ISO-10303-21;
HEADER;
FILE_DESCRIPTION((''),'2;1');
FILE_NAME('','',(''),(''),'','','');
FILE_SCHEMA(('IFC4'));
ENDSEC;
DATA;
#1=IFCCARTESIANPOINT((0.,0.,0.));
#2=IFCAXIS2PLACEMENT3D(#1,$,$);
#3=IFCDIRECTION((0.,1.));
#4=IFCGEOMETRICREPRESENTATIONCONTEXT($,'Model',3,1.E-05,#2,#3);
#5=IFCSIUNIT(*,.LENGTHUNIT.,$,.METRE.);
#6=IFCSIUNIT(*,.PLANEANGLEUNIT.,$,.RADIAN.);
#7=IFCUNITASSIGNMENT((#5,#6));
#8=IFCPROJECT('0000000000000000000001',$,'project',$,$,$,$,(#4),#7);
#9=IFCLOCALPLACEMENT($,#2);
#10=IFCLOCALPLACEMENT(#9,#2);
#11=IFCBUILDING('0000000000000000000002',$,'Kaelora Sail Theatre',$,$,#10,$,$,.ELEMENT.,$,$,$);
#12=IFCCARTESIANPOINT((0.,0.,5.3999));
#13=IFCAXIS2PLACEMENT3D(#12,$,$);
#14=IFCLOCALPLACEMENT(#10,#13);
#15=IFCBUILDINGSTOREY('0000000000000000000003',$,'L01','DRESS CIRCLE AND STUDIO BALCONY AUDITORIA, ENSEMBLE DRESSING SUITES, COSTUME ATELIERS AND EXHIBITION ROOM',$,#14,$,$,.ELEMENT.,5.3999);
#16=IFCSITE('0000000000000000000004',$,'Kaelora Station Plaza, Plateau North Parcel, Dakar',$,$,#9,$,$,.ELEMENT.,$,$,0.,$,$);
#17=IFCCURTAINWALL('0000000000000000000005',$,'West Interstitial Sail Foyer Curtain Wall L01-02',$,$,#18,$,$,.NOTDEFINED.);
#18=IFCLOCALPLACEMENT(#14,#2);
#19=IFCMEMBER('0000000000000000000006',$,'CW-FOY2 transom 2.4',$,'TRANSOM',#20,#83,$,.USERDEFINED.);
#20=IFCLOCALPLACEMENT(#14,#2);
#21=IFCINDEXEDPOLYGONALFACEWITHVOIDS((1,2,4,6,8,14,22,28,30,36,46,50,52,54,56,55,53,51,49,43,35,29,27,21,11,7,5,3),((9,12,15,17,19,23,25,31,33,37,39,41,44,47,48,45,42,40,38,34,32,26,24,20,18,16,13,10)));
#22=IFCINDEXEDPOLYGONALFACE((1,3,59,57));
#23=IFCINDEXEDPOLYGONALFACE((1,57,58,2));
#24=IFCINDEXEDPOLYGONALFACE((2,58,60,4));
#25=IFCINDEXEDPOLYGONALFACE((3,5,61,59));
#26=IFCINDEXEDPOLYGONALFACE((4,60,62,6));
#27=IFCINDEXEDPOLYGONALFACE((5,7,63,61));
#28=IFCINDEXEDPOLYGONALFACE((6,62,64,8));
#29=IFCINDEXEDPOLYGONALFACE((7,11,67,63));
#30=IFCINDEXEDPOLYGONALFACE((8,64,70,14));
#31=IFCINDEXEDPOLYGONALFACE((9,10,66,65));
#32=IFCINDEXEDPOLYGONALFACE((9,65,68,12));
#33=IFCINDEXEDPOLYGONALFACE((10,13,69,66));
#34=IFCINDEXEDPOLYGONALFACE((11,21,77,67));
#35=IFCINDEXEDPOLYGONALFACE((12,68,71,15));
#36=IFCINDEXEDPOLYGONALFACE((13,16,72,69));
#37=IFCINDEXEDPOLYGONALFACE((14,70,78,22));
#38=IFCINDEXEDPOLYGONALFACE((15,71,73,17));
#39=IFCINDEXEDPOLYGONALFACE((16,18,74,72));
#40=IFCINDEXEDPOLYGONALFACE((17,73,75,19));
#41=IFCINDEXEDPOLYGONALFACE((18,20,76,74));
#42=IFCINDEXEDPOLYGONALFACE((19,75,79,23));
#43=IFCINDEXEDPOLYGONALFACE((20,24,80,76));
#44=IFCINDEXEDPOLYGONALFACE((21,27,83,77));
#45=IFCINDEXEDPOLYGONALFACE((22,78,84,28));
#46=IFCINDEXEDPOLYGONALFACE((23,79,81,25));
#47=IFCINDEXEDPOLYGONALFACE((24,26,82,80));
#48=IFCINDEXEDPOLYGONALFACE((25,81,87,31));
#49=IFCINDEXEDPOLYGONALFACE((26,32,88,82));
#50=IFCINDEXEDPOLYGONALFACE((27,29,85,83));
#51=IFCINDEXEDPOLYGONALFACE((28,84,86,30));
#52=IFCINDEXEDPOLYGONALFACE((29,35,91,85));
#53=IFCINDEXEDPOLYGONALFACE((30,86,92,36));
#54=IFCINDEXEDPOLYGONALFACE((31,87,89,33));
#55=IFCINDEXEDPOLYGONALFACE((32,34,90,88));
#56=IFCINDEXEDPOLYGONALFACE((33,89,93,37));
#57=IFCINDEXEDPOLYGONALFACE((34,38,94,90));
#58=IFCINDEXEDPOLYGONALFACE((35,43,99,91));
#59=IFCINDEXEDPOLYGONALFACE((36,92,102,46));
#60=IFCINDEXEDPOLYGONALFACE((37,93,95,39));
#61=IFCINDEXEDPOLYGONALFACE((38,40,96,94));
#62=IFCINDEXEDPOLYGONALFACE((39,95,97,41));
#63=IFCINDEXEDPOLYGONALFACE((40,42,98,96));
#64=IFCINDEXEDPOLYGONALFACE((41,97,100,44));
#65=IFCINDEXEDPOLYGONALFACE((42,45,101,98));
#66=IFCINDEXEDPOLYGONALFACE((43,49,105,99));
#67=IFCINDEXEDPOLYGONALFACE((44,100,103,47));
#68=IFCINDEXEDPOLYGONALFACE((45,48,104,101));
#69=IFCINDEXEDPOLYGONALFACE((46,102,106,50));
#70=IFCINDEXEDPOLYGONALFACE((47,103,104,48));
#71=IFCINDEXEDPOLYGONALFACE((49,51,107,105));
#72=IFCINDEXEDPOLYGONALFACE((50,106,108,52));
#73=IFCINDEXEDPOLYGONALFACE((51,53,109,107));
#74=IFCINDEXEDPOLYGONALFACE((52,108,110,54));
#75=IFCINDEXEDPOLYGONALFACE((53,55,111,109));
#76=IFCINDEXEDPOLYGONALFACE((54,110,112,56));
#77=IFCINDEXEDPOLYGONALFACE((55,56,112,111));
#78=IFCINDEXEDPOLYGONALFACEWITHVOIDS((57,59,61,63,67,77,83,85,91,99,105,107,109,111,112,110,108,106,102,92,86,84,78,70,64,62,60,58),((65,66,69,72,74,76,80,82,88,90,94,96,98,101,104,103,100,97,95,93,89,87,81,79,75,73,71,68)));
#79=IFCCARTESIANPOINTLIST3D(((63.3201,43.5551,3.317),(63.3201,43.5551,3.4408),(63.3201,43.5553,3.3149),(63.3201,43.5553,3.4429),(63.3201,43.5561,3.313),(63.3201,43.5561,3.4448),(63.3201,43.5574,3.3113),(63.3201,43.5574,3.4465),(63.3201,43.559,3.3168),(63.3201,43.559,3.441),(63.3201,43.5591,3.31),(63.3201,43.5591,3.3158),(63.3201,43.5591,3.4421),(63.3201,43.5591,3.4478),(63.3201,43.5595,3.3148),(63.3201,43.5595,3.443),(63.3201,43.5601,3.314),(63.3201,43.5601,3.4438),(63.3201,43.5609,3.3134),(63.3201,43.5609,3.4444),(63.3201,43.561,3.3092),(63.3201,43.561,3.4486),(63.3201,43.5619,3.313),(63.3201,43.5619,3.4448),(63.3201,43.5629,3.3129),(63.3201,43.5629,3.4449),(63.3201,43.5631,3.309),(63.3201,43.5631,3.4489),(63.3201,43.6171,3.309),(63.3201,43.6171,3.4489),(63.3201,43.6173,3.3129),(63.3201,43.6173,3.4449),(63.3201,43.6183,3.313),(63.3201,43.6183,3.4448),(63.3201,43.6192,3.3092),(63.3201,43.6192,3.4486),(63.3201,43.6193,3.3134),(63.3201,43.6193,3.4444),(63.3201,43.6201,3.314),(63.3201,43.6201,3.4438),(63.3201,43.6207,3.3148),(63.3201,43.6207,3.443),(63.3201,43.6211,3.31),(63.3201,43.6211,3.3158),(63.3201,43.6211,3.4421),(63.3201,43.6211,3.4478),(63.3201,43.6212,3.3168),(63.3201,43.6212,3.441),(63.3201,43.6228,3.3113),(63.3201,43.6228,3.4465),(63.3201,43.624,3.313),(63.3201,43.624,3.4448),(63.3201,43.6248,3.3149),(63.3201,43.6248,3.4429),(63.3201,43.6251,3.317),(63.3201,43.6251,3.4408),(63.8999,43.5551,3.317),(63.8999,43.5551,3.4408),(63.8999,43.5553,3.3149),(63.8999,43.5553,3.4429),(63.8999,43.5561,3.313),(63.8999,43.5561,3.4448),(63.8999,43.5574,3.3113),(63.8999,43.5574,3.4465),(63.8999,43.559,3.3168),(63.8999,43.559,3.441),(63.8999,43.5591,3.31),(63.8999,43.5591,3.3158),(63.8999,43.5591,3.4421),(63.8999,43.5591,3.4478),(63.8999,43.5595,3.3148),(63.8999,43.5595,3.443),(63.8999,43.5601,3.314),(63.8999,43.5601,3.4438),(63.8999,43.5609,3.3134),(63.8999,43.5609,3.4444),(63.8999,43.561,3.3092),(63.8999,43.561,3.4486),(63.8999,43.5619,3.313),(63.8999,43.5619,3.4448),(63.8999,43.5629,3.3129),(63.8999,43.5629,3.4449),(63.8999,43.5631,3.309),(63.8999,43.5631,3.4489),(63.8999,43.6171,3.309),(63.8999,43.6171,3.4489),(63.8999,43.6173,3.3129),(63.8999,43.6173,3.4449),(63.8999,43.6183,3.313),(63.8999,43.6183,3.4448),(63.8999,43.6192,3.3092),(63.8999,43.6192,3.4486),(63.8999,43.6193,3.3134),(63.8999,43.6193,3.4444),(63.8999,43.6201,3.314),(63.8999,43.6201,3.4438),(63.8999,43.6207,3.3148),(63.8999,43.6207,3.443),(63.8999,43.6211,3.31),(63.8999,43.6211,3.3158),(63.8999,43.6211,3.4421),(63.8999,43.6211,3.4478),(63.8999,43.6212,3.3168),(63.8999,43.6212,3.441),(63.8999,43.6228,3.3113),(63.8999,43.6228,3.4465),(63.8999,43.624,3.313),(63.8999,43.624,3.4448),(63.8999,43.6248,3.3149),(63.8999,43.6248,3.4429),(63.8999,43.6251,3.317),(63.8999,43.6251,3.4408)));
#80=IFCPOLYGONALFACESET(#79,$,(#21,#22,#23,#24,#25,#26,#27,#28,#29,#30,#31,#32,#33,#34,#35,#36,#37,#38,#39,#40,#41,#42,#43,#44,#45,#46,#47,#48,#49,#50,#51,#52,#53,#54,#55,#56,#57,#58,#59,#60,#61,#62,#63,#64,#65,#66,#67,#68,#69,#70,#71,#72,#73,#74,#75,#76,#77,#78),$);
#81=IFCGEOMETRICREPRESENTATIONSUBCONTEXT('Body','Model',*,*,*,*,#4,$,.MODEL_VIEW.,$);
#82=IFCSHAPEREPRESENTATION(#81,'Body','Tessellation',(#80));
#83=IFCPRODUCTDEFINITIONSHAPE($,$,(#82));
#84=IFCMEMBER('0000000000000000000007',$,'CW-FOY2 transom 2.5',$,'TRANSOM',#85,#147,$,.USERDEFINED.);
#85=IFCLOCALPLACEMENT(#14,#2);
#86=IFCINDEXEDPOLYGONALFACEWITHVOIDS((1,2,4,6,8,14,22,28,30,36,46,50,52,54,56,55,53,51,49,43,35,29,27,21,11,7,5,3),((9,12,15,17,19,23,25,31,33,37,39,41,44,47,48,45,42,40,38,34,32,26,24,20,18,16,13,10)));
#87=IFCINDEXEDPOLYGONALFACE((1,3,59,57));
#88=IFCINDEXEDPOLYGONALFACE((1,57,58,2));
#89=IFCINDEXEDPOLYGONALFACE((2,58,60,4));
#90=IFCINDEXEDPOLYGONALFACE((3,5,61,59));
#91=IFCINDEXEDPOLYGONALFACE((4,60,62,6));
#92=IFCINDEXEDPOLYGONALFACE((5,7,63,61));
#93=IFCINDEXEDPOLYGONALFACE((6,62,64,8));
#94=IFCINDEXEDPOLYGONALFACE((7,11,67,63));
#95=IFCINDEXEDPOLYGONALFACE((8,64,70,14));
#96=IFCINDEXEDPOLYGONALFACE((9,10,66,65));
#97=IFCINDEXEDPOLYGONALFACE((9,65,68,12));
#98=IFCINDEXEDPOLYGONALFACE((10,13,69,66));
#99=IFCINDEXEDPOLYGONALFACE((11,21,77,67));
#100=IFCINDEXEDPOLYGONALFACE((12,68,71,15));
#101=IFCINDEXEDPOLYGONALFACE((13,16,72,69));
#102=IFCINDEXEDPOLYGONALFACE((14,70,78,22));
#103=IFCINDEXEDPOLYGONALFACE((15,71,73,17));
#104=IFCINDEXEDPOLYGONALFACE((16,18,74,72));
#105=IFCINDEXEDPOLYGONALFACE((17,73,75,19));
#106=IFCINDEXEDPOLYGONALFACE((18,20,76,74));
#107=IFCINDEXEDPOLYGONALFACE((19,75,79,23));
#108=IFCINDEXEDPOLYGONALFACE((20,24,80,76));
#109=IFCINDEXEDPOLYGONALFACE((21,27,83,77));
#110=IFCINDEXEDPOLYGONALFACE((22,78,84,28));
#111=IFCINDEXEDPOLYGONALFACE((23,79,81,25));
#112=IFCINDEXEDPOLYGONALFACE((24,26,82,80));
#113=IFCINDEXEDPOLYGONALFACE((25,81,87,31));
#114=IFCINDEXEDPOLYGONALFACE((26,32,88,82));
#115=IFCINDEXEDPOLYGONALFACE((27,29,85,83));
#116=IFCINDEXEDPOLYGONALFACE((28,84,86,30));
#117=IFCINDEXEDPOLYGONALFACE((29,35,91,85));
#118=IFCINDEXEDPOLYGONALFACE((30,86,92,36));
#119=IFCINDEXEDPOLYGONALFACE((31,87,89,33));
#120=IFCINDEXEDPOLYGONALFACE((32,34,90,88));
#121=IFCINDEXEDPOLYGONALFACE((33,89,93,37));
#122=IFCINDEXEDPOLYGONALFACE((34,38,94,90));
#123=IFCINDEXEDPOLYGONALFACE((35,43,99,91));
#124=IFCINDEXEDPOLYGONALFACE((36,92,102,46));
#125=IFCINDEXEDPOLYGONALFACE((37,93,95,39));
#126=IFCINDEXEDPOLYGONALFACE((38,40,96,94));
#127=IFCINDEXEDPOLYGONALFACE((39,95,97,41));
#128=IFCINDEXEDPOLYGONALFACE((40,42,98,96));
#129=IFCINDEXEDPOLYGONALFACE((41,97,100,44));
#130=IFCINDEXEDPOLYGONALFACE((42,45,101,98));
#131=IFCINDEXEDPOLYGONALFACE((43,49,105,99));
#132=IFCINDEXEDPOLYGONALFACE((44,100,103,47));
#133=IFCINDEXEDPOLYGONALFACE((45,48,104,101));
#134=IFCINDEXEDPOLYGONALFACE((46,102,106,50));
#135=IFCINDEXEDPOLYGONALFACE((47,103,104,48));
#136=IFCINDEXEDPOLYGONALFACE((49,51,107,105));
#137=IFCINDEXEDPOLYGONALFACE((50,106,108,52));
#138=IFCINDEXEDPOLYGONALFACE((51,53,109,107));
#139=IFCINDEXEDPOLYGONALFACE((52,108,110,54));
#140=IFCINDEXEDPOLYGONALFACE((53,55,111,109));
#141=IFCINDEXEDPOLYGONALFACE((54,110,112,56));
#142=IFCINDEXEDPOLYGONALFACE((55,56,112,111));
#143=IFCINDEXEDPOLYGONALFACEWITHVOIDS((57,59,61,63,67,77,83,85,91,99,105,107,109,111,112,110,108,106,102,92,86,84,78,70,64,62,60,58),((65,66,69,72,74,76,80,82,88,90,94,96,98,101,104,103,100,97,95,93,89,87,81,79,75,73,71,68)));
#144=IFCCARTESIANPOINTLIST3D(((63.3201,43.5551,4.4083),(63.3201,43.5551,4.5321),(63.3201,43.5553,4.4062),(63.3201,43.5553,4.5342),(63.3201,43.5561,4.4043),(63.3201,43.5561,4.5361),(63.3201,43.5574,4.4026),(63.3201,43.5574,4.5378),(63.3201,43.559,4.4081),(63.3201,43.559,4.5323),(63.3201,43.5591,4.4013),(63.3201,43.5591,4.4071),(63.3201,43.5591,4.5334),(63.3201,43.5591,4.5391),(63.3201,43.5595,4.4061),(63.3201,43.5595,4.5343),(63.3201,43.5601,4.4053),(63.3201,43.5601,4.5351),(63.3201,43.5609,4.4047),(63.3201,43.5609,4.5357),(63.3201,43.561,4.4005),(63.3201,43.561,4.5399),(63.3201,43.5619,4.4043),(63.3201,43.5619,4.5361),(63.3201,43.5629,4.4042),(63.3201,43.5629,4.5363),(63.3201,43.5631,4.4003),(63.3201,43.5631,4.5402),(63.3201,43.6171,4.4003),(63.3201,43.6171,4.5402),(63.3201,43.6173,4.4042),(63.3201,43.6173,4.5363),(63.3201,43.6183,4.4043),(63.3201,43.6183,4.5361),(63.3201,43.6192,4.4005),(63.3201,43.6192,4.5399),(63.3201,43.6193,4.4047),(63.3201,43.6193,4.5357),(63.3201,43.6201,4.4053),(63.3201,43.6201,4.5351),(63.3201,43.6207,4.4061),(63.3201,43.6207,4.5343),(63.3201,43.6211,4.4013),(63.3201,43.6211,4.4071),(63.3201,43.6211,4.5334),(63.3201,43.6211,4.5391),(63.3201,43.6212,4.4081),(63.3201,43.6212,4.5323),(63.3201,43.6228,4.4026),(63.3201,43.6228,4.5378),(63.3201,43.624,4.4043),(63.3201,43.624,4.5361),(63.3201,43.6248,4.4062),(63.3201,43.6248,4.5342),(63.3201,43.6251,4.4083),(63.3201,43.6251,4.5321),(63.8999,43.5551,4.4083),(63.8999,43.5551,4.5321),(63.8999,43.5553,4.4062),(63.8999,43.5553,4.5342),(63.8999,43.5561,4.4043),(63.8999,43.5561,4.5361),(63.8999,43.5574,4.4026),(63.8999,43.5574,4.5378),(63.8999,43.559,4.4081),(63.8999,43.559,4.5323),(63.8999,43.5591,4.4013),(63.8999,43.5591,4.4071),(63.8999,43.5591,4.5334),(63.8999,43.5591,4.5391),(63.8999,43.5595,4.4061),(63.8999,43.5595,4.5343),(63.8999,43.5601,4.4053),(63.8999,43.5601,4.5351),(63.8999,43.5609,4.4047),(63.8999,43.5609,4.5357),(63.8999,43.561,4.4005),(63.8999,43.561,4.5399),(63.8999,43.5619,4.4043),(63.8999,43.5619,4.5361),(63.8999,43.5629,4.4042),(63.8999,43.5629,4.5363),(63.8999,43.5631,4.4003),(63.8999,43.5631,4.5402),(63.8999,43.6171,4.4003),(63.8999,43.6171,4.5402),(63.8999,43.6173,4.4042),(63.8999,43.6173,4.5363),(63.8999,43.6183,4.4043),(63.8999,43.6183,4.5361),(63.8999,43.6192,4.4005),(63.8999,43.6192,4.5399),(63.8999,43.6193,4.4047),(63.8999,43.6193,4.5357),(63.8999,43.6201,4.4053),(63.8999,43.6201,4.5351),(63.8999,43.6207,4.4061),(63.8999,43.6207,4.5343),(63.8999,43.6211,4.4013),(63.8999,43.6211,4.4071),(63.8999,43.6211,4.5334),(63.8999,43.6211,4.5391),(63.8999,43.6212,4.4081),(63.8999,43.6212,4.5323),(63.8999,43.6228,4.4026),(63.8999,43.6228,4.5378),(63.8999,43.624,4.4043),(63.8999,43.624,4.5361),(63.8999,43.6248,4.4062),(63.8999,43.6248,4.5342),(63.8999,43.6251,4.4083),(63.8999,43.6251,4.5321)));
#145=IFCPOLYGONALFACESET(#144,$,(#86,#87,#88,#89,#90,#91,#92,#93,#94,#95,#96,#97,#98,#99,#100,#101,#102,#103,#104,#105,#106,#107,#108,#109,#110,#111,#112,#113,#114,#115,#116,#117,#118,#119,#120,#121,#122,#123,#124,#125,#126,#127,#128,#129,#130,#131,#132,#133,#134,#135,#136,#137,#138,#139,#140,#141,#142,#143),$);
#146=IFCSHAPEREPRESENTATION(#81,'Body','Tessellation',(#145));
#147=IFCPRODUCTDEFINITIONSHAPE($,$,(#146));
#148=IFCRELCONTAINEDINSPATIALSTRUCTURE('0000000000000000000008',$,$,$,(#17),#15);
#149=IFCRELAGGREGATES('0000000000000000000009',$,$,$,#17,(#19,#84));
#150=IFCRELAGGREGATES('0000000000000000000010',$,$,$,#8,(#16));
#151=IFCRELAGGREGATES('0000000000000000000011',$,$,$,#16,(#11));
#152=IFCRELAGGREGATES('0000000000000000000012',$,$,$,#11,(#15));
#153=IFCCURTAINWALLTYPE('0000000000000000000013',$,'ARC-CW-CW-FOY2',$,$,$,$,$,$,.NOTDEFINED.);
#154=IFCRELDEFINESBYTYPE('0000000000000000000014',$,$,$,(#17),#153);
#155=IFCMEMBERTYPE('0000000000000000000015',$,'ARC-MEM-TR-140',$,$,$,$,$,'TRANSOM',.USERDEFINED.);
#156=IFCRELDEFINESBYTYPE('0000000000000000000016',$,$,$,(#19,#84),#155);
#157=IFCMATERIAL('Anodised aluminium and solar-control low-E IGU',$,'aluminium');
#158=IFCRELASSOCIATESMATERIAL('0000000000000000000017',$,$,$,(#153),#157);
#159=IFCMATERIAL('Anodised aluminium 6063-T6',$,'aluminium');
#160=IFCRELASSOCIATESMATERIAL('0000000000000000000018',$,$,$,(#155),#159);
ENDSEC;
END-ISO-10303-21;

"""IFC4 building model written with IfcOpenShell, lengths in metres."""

from ifc_helpers import new_model, si_unit, direction, frame, origin, origin_2d, place, context, subcontext, project, spatial, hollow_rectangle, extrude, material, material_profile, profile_set, type_object, element, aggregate, save


model = new_model("IFC4")

# Units and contexts
model_context = context("Model", 3, precision=1e-05, world=origin(), true_north=direction((0.0, 1.0)))
body_context = subcontext(model_context, "Body", "Model", "MODEL_VIEW")
ifc_project = project(units=[si_unit("LENGTHUNIT", "METRE"), si_unit("PLANEANGLEUNIT", "RADIAN")], contexts=[model_context])

# Site, building, storey
site_placement = place(None, origin())
site = spatial("IfcSite", under=ifc_project, at=site_placement, Name="Kaelora Station Plaza, Plateau North Parcel, Dakar", CompositionType="ELEMENT", RefElevation=0.0)
building_placement = place(site_placement, origin())
building = spatial("IfcBuilding", under=site, at=building_placement, Name="Kaelora Sail Theatre", CompositionType="ELEMENT")
storey_placement = place(building_placement, frame((0.0, 0.0, 5.3999)))
storey = spatial("IfcBuildingStorey", under=building, at=storey_placement, Name="L01", Description="DRESS CIRCLE AND STUDIO BALCONY AUDITORIA, ENSEMBLE DRESSING SUITES, COSTUME ATELIERS AND EXHIBITION ROOM", CompositionType="ELEMENT", Elevation=5.3999)

# Shared definitions
ifc_material_1 = material(Name="Anodised aluminium and solar-control low-E IGU", Category="aluminium")
curtain_wall_type = type_object("IfcCurtainWallType", Name="ARC-CW-CW-FOY2", PredefinedType="NOTDEFINED", material=ifc_material_1)

# Curtain wall, members
curtain_wall_1_placement = place(storey_placement, origin())
curtain_wall_1 = element("IfcCurtainWall", 1, at=curtain_wall_1_placement, inside=storey, type_object=curtain_wall_type, Name="West Interstitial Sail Foyer Curtain Wall L01-02", PredefinedType="NOTDEFINED")
ifc_material_2 = material(Name="Anodised aluminium 6063-T6", Category="aluminium")
ifc_material_profile_1 = material_profile(ifc_material_2, hollow_rectangle(XDim=0.0701, YDim=0.1399, WallThickness=0.0039, InnerFilletRadius=0.0039, OuterFilletRadius=0.0081, at=origin_2d()), Name="ALU-TRAN 70x140x4")
ifc_profile_set_1 = profile_set([ifc_material_profile_1], Name="Anodised aluminium 6063-T6")
member_type_1 = type_object("IfcMemberType", Name="ARC-MEM-TR-140", ElementType="TRANSOM", PredefinedType="USERDEFINED", material=ifc_profile_set_1)
member_1_placement = place(storey_placement, frame((63.3201, 43.5901, 3.3789), z_axis=(1.0, 0.0, 0.0), x_axis=(0.0, 1.0, 0.0)))
member_1 = element("IfcMember", 2, at=member_1_placement, type_object=member_type_1, Name="CW-FOY2 transom 2.4", ObjectType="TRANSOM", PredefinedType="USERDEFINED", context=body_context, shape_type="SweptSolid", body=[
    extrude(hollow_rectangle(XDim=0.0701, YDim=0.1399, WallThickness=0.0039, InnerFilletRadius=0.0039, OuterFilletRadius=0.0081, at=origin_2d()), origin(), (0.0, 0.0, 1.0), 0.5798),
])
member_2_placement = place(storey_placement, frame((63.3201, 43.5901, 4.4702), z_axis=(1.0, 0.0, 0.0), x_axis=(0.0, 1.0, 0.0)))
member_2 = element("IfcMember", 3, at=member_2_placement, type_object=member_type_1, Name="CW-FOY2 transom 2.5", ObjectType="TRANSOM", PredefinedType="USERDEFINED", context=body_context, shape_type="SweptSolid", body=[
    extrude(hollow_rectangle(XDim=0.0701, YDim=0.1399, WallThickness=0.0039, InnerFilletRadius=0.0039, OuterFilletRadius=0.0081, at=origin_2d()), origin(), (0.0, 0.0, 1.0), 0.5798),
])

aggregate(curtain_wall_1, [member_1, member_2])

save(model, "model.ifc")
